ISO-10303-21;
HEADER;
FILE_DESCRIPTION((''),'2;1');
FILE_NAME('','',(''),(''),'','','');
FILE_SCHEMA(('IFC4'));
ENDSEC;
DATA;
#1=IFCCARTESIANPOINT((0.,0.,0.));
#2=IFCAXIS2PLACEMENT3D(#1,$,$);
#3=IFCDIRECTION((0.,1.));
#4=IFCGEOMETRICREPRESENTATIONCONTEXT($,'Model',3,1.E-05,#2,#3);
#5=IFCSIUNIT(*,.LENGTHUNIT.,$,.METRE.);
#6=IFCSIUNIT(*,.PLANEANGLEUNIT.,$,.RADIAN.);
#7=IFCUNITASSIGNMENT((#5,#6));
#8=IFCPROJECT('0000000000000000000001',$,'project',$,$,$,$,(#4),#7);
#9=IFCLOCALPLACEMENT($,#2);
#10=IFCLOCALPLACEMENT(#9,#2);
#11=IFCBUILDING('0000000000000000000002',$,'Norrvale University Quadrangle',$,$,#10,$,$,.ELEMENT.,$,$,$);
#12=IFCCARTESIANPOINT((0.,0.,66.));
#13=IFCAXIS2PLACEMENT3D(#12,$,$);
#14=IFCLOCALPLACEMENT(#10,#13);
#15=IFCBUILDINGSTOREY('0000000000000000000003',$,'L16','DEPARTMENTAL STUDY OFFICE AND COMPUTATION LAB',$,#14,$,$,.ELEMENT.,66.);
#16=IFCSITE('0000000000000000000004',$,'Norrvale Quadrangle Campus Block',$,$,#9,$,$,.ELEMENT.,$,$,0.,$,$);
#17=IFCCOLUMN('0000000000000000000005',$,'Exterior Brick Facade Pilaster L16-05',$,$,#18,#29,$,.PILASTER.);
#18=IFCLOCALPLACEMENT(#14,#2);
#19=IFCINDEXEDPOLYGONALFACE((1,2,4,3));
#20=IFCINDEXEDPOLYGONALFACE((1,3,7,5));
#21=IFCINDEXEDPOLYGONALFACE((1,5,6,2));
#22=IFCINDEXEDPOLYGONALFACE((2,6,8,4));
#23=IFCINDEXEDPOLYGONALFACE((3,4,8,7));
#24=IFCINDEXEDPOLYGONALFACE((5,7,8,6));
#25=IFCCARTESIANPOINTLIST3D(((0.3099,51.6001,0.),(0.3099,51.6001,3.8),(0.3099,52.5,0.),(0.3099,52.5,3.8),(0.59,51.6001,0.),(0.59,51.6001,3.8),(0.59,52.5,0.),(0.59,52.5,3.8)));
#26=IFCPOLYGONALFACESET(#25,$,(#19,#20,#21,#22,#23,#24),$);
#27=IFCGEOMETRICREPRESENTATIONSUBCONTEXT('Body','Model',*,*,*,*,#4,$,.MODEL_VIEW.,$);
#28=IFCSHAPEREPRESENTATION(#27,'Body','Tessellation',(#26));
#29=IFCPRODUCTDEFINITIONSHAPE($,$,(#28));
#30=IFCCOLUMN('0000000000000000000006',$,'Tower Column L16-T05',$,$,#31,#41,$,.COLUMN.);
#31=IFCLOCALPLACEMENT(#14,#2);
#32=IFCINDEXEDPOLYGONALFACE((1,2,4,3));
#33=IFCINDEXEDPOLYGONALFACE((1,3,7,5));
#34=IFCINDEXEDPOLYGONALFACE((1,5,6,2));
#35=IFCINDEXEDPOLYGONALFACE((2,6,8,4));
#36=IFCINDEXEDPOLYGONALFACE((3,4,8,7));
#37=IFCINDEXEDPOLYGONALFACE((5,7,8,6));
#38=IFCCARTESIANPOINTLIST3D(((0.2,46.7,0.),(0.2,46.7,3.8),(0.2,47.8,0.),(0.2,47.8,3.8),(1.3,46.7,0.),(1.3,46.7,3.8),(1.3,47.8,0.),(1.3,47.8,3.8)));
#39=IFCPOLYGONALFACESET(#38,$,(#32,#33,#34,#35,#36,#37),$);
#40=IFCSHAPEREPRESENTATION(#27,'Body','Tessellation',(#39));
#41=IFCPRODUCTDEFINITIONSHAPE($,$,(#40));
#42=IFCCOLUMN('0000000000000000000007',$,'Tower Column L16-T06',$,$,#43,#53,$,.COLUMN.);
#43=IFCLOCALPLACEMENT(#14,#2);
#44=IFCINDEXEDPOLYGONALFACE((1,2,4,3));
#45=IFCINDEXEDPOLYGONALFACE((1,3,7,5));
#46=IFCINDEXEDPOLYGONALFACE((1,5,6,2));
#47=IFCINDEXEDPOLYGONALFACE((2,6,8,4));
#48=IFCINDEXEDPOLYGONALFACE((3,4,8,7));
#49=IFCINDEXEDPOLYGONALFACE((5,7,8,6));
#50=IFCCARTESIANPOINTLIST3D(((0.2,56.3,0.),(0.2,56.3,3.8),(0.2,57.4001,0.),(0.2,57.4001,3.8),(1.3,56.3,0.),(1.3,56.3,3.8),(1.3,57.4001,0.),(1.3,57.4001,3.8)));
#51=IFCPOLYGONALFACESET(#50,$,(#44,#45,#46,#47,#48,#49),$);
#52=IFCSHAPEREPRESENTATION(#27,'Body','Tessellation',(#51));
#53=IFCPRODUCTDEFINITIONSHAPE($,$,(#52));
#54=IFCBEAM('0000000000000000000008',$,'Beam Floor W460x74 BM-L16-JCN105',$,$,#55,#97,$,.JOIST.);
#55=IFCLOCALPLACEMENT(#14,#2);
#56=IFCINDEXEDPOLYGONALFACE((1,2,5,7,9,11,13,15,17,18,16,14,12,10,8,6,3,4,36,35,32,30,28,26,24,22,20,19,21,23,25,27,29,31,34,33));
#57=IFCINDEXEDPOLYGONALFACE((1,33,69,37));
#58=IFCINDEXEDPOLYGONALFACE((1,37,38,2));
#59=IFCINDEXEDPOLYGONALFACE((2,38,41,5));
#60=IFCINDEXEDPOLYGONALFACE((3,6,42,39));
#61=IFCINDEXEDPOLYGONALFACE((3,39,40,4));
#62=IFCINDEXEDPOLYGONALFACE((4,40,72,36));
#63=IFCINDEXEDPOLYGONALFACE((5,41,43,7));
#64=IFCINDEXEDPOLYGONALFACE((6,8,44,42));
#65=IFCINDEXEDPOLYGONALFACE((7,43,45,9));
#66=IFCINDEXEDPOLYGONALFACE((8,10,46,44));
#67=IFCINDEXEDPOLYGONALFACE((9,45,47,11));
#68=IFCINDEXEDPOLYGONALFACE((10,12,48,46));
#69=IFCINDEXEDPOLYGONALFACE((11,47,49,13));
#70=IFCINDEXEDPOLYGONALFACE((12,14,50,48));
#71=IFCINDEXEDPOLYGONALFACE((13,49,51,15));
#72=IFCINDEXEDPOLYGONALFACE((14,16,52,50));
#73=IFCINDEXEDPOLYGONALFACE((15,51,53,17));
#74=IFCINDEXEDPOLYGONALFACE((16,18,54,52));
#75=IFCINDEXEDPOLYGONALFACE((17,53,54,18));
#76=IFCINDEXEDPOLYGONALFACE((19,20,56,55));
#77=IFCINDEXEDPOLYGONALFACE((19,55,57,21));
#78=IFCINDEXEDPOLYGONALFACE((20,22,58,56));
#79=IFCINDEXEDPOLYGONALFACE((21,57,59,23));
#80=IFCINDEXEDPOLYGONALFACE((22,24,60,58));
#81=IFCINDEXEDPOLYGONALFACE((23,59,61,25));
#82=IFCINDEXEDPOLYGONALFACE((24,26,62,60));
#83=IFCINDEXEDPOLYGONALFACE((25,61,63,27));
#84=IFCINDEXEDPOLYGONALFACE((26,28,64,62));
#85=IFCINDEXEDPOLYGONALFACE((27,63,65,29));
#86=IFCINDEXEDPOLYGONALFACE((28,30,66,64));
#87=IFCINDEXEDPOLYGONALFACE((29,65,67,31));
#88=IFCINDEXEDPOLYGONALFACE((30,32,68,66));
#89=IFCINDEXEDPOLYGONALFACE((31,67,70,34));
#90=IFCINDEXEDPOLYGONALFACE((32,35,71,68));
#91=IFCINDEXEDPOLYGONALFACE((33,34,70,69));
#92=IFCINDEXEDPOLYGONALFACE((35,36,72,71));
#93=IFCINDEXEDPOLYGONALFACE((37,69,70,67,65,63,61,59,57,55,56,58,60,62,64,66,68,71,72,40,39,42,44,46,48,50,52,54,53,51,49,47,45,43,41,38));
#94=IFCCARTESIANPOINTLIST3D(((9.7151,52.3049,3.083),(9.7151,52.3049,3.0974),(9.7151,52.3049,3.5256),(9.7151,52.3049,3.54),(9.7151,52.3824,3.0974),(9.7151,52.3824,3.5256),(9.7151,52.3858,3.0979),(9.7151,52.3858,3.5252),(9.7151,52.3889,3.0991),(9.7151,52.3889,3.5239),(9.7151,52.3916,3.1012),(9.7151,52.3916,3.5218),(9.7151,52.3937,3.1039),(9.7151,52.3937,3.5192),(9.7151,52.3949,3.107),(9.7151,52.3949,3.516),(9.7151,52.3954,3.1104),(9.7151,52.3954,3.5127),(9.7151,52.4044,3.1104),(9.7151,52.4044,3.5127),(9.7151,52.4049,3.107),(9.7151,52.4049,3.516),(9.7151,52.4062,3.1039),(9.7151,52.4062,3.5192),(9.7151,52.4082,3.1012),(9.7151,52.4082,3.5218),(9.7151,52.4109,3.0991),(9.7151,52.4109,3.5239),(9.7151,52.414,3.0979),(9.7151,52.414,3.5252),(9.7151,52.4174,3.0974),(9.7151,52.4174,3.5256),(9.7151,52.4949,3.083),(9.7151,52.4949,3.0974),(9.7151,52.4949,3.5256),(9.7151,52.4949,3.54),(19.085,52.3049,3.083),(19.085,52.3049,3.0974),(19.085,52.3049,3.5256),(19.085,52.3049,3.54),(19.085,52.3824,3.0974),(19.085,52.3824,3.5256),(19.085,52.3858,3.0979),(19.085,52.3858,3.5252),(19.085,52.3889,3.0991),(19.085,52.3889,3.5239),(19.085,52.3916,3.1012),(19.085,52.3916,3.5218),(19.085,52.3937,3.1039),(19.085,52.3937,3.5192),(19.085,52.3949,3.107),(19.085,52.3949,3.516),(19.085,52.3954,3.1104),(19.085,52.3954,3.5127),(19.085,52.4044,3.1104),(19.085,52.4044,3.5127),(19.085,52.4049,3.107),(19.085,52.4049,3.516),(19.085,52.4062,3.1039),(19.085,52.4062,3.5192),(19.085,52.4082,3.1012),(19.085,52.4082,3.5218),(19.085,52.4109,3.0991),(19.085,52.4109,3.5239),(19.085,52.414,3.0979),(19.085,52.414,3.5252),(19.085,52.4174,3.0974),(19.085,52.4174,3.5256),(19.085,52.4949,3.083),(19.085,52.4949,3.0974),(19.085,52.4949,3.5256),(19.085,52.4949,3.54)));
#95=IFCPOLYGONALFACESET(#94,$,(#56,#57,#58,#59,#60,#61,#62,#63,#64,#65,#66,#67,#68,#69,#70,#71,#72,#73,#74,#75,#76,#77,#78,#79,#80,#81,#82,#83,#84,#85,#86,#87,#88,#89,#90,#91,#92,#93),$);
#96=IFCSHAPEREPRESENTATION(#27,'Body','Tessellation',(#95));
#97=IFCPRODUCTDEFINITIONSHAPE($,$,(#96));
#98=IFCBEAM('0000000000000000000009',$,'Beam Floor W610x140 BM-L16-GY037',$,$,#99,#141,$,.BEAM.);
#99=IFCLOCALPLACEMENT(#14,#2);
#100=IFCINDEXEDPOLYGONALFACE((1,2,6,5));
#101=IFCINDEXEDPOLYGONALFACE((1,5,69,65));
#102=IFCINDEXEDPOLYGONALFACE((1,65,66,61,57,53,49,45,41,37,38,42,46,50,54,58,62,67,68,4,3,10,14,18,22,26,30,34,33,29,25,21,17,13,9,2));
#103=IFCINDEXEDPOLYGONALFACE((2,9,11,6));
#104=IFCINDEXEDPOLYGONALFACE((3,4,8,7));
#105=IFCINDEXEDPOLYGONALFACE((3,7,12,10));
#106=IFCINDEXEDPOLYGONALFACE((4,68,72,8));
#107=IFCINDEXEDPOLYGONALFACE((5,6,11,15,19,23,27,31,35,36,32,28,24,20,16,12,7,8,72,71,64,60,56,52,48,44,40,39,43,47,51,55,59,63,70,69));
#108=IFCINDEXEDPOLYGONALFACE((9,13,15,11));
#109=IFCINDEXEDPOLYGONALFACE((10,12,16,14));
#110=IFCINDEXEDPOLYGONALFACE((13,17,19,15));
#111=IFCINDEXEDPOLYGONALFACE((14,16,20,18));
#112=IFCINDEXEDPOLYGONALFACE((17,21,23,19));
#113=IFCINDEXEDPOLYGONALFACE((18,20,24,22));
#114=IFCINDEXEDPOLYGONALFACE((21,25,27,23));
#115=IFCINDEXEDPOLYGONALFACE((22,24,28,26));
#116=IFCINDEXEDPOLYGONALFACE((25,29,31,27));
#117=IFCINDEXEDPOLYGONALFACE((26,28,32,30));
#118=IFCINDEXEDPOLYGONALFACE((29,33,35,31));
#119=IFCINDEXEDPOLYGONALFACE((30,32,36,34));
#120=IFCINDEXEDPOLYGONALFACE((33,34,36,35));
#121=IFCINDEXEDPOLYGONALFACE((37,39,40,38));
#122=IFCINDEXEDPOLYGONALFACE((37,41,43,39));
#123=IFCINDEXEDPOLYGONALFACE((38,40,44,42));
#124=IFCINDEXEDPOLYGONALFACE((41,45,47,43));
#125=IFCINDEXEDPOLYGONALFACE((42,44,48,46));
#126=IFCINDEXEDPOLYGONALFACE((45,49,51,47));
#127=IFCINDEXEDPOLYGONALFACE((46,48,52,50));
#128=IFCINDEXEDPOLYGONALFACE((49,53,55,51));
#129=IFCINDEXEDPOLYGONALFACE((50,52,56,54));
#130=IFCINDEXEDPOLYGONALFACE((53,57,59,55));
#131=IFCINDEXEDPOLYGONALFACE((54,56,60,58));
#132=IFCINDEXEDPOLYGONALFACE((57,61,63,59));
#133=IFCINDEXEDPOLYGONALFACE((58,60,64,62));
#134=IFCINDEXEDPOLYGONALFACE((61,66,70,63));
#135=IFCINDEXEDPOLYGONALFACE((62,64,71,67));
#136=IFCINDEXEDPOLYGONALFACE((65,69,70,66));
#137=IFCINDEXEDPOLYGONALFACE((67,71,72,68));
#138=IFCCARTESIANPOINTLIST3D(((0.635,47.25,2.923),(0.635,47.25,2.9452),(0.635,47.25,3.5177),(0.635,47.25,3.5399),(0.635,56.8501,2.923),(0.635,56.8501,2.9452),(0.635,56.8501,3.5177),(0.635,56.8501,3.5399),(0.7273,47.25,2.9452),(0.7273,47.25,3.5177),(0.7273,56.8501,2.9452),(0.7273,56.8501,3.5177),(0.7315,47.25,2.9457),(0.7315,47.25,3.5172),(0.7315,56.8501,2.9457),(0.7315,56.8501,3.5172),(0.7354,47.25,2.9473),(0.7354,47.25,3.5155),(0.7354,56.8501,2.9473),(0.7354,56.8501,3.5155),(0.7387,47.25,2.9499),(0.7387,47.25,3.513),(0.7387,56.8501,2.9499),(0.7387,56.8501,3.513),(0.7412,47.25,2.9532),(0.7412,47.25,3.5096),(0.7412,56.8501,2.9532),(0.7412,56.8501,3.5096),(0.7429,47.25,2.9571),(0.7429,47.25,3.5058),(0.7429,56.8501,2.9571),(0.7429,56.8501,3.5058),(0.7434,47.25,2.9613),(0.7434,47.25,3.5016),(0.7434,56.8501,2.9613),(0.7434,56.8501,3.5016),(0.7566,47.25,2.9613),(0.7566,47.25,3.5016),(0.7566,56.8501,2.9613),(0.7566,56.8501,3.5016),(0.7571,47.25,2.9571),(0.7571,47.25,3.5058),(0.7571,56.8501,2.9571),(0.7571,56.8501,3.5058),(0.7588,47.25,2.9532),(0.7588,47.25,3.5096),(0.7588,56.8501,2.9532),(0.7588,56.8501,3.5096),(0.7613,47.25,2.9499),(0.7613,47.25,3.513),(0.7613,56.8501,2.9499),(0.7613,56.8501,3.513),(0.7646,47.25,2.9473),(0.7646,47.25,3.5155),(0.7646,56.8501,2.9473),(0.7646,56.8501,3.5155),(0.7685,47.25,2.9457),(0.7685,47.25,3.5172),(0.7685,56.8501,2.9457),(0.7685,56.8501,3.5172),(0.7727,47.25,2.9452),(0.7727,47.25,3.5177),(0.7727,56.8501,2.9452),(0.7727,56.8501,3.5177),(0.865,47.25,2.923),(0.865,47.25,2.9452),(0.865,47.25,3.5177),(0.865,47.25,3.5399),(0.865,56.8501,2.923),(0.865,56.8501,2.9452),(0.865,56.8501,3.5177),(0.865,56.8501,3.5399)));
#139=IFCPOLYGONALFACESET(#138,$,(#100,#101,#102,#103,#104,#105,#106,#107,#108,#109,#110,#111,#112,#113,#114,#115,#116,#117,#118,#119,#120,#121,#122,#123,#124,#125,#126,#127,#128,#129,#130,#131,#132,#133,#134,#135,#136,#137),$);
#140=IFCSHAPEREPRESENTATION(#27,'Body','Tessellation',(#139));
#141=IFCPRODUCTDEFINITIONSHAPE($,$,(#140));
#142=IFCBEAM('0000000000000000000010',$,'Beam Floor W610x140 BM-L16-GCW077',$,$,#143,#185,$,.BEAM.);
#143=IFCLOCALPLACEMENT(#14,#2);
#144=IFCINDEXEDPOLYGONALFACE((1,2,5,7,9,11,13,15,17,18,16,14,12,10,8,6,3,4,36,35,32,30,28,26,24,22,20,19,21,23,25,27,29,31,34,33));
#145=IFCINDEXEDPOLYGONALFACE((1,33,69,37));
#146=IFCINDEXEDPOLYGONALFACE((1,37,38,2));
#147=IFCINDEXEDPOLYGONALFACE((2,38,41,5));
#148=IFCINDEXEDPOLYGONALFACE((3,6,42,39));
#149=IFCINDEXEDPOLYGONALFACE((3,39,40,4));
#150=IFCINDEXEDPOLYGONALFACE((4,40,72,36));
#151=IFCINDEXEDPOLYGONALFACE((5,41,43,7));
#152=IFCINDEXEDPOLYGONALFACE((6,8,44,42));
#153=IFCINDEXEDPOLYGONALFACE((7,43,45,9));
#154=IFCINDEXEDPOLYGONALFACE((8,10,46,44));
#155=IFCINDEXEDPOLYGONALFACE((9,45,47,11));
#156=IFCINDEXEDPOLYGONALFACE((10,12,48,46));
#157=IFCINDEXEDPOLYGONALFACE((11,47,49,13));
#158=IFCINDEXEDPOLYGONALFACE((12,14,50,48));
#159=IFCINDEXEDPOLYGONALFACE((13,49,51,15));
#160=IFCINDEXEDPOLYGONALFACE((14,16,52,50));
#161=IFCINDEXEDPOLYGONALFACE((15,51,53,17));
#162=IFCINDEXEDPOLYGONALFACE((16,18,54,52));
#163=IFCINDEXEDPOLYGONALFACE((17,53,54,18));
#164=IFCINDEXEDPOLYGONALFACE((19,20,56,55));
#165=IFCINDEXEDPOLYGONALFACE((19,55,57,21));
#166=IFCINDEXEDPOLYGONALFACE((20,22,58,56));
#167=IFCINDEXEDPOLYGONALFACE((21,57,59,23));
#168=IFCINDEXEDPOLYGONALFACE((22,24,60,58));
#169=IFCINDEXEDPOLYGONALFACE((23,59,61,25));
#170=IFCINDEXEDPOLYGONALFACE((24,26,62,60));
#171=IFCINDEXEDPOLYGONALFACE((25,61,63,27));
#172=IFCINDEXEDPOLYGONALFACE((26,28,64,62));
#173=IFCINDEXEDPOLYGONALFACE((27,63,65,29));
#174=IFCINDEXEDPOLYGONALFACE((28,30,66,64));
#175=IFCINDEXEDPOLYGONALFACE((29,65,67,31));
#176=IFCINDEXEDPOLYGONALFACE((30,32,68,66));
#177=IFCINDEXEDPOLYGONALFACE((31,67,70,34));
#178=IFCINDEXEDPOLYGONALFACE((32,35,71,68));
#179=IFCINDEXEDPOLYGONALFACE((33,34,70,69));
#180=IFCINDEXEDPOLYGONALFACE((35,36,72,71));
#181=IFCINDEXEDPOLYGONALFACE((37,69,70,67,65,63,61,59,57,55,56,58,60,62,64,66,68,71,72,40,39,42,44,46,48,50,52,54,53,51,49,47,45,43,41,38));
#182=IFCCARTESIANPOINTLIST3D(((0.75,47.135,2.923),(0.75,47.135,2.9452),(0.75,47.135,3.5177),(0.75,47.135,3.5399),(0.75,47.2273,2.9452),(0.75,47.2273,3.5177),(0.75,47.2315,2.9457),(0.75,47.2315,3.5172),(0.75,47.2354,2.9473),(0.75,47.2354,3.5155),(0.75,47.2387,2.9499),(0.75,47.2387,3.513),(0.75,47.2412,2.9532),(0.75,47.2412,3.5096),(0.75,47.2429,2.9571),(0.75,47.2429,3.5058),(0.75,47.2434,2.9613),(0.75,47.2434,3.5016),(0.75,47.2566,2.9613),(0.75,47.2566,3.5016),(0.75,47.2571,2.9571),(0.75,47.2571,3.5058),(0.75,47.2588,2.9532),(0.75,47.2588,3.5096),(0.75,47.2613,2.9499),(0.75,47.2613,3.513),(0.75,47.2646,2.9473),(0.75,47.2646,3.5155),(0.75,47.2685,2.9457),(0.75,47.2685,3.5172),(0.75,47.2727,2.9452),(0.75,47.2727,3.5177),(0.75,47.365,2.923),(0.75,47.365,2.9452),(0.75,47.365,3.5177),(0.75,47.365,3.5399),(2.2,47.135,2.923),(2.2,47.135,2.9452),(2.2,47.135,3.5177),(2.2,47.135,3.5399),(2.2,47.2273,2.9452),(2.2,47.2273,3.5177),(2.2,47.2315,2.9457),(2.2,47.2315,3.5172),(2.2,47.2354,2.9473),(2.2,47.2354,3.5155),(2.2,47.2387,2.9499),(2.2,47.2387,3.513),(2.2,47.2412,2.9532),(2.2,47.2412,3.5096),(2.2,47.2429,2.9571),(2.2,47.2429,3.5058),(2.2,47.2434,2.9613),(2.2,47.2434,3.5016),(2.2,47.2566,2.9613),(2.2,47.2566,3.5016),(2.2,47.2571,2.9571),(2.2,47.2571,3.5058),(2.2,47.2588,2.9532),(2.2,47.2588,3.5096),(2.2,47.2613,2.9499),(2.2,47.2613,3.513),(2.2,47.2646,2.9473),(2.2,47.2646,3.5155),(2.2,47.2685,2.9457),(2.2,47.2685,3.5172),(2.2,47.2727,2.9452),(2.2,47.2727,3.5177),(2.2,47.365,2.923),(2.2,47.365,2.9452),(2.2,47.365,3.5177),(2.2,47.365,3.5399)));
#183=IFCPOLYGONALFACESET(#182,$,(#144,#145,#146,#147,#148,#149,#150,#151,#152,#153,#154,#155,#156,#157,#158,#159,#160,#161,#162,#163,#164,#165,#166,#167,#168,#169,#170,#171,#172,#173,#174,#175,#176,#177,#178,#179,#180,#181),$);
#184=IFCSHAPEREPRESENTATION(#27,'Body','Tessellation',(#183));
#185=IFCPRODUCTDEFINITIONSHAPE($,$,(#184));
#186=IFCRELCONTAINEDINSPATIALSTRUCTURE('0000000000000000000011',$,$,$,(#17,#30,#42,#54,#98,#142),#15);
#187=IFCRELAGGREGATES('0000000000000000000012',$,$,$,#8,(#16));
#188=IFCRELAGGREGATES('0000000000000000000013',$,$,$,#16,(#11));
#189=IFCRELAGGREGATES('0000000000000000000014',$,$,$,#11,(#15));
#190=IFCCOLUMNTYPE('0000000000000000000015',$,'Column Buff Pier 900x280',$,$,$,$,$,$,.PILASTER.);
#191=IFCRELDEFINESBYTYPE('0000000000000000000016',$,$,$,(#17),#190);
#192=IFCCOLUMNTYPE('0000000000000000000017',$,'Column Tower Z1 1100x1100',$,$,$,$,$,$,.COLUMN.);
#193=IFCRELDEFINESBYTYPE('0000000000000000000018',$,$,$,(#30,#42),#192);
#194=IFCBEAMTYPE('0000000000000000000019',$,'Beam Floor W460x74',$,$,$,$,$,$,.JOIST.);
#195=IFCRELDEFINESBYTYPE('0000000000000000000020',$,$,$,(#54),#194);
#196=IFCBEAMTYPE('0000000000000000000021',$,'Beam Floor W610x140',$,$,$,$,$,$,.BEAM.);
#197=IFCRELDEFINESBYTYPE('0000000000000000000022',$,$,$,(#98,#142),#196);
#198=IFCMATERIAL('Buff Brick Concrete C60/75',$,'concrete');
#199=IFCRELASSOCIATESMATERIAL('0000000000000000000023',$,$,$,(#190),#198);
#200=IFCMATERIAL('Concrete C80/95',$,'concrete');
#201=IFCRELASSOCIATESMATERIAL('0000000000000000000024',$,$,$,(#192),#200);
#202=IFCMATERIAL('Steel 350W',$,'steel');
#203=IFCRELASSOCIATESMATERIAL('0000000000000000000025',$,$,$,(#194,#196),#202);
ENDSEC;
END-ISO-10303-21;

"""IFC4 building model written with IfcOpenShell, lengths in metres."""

from ifc_helpers import new_model, si_unit, direction, frame, origin, origin_2d, place, context, subcontext, project, spatial, rectangle, i_section, extrude, material, material_profile, profile_set, type_object, element, save


model = new_model("IFC4")

# Units and contexts
model_context = context("Model", 3, precision=1e-05, world=origin(), true_north=direction((0.0, 1.0)))
body_context = subcontext(model_context, "Body", "Model", "MODEL_VIEW")
ifc_project = project(units=[si_unit("LENGTHUNIT", "METRE"), si_unit("PLANEANGLEUNIT", "RADIAN")], contexts=[model_context])

# Site, building, storey
site_placement = place(None, origin())
site = spatial("IfcSite", under=ifc_project, at=site_placement, Name="Norrvale Quadrangle Campus Block", CompositionType="ELEMENT", RefElevation=0.0)
building_placement = place(site_placement, origin())
building = spatial("IfcBuilding", under=site, at=building_placement, Name="Norrvale University Quadrangle", CompositionType="ELEMENT")
storey_placement = place(building_placement, frame((0.0, 0.0, 66.0)))
storey = spatial("IfcBuildingStorey", under=building, at=storey_placement, Name="L16", Description="DEPARTMENTAL STUDY OFFICE AND COMPUTATION LAB", CompositionType="ELEMENT", Elevation=66.0)

# Columns
ifc_material_1 = material(Name="Buff Brick Concrete C60/75", Category="concrete")
ifc_material_profile_1 = material_profile(ifc_material_1, rectangle(XDim=0.8999, YDim=0.28, at=origin_2d()), Name="Buff Brick Concrete C60/75")
ifc_profile_set_1 = profile_set([ifc_material_profile_1], Name="Buff Brick Concrete C60/75")
column_type_1 = type_object("IfcColumnType", Name="Column Buff Pier 900x280", PredefinedType="PILASTER", material=ifc_profile_set_1)
column_placement = place(storey_placement, frame((0.45, 52.05, 0.0), z_axis=(0.0, 0.0, 1.0), x_axis=(0.0, 1.0, 0.0)))
element("IfcColumn", 1, at=column_placement, inside=storey, type_object=column_type_1, Name="Exterior Brick Facade Pilaster L16-05", PredefinedType="PILASTER", context=body_context, shape_type="SweptSolid", body=[
    extrude(rectangle(XDim=0.8999, YDim=0.28, at=origin_2d()), origin(), (0.0, 0.0, 1.0), 3.8),
])
ifc_material_2 = material(Name="Concrete C80/95", Category="concrete")
ifc_material_profile_2 = material_profile(ifc_material_2, rectangle(XDim=1.1001, YDim=1.1001, at=origin_2d()), Name="Concrete C80/95")
ifc_profile_set_2 = profile_set([ifc_material_profile_2], Name="Concrete C80/95")
column_type_2 = type_object("IfcColumnType", Name="Column Tower Z1 1100x1100", PredefinedType="COLUMN", material=ifc_profile_set_2)
for number, where, z_axis, x_axis, name in (
    (2, (0.75, 47.25, 0.0), (0.0, 0.0, 1.0), (1.0, 0.0, 0.0), "Tower Column L16-T05"),
    (3, (0.75, 56.8501, 0.0), (0.0, 0.0, 1.0), (1.0, 0.0, 0.0), "Tower Column L16-T06"),
):
    element("IfcColumn", number, at=place(storey_placement, frame(where, z_axis=z_axis, x_axis=x_axis)), inside=storey, type_object=column_type_2, Name=name, PredefinedType="COLUMN", context=body_context, shape_type="SweptSolid", body=[
        extrude(rectangle(XDim=1.1001, YDim=1.1001, at=origin_2d()), origin(), (0.0, 0.0, 1.0), 3.8),
    ])

# Beams
ifc_material_3 = material(Name="Steel 350W", Category="steel")
ifc_material_profile_3 = material_profile(ifc_material_3, i_section(OverallWidth=0.1899, OverallDepth=0.457, WebThickness=0.009, FlangeThickness=0.0144, FilletRadius=0.0129, at=origin_2d()), Name="Steel 350W")
ifc_profile_set_3 = profile_set([ifc_material_profile_3], Name="Steel 350W")
beam_type_1 = type_object("IfcBeamType", Name="Beam Floor W460x74", PredefinedType="JOIST", material=ifc_profile_set_3)
beam_1_placement = place(storey_placement, frame((9.7151, 52.3999, 3.3115), z_axis=(1.0, 0.0, 0.0), x_axis=(0.0, 1.0, 0.0)))
element("IfcBeam", 4, at=beam_1_placement, inside=storey, type_object=beam_type_1, Name="Beam Floor W460x74 BM-L16-JCN105", PredefinedType="JOIST", context=body_context, shape_type="SweptSolid", body=[
    extrude(i_section(OverallWidth=0.1899, OverallDepth=0.457, WebThickness=0.009, FlangeThickness=0.0144, FilletRadius=0.0129, at=origin_2d()), origin(), (0.0, 0.0, 1.0), 9.3699),
])
ifc_material_profile_4 = material_profile(ifc_material_3, i_section(OverallWidth=0.23, OverallDepth=0.6169, WebThickness=0.0132, FlangeThickness=0.0222, FilletRadius=0.0161, at=origin_2d()), Name="Steel 350W")
ifc_profile_set_4 = profile_set([ifc_material_profile_4], Name="Steel 350W")
beam_type_2 = type_object("IfcBeamType", Name="Beam Floor W610x140", PredefinedType="BEAM", material=ifc_profile_set_4)
beam_2_placement = place(storey_placement, frame((0.75, 47.25, 3.2314), z_axis=(0.0, 1.0, 0.0), x_axis=(-1.0, 0.0, 0.0)))
element("IfcBeam", 5, at=beam_2_placement, inside=storey, type_object=beam_type_2, Name="Beam Floor W610x140 BM-L16-GY037", PredefinedType="BEAM", context=body_context, shape_type="SweptSolid", body=[
    extrude(i_section(OverallWidth=0.23, OverallDepth=0.6169, WebThickness=0.0132, FlangeThickness=0.0222, FilletRadius=0.0161, at=origin_2d()), origin(), (0.0, 0.0, 1.0), 9.6001),
])
beam_3_placement = place(storey_placement, frame((0.75, 47.25, 3.2314), z_axis=(1.0, 0.0, 0.0), x_axis=(0.0, 1.0, 0.0)))
element("IfcBeam", 6, at=beam_3_placement, inside=storey, type_object=beam_type_2, Name="Beam Floor W610x140 BM-L16-GCW077", PredefinedType="BEAM", context=body_context, shape_type="SweptSolid", body=[
    extrude(i_section(OverallWidth=0.23, OverallDepth=0.6169, WebThickness=0.0132, FlangeThickness=0.0222, FilletRadius=0.0161, at=origin_2d()), origin(), (0.0, 0.0, 1.0), 1.45),
])

save(model, "model.ifc")
